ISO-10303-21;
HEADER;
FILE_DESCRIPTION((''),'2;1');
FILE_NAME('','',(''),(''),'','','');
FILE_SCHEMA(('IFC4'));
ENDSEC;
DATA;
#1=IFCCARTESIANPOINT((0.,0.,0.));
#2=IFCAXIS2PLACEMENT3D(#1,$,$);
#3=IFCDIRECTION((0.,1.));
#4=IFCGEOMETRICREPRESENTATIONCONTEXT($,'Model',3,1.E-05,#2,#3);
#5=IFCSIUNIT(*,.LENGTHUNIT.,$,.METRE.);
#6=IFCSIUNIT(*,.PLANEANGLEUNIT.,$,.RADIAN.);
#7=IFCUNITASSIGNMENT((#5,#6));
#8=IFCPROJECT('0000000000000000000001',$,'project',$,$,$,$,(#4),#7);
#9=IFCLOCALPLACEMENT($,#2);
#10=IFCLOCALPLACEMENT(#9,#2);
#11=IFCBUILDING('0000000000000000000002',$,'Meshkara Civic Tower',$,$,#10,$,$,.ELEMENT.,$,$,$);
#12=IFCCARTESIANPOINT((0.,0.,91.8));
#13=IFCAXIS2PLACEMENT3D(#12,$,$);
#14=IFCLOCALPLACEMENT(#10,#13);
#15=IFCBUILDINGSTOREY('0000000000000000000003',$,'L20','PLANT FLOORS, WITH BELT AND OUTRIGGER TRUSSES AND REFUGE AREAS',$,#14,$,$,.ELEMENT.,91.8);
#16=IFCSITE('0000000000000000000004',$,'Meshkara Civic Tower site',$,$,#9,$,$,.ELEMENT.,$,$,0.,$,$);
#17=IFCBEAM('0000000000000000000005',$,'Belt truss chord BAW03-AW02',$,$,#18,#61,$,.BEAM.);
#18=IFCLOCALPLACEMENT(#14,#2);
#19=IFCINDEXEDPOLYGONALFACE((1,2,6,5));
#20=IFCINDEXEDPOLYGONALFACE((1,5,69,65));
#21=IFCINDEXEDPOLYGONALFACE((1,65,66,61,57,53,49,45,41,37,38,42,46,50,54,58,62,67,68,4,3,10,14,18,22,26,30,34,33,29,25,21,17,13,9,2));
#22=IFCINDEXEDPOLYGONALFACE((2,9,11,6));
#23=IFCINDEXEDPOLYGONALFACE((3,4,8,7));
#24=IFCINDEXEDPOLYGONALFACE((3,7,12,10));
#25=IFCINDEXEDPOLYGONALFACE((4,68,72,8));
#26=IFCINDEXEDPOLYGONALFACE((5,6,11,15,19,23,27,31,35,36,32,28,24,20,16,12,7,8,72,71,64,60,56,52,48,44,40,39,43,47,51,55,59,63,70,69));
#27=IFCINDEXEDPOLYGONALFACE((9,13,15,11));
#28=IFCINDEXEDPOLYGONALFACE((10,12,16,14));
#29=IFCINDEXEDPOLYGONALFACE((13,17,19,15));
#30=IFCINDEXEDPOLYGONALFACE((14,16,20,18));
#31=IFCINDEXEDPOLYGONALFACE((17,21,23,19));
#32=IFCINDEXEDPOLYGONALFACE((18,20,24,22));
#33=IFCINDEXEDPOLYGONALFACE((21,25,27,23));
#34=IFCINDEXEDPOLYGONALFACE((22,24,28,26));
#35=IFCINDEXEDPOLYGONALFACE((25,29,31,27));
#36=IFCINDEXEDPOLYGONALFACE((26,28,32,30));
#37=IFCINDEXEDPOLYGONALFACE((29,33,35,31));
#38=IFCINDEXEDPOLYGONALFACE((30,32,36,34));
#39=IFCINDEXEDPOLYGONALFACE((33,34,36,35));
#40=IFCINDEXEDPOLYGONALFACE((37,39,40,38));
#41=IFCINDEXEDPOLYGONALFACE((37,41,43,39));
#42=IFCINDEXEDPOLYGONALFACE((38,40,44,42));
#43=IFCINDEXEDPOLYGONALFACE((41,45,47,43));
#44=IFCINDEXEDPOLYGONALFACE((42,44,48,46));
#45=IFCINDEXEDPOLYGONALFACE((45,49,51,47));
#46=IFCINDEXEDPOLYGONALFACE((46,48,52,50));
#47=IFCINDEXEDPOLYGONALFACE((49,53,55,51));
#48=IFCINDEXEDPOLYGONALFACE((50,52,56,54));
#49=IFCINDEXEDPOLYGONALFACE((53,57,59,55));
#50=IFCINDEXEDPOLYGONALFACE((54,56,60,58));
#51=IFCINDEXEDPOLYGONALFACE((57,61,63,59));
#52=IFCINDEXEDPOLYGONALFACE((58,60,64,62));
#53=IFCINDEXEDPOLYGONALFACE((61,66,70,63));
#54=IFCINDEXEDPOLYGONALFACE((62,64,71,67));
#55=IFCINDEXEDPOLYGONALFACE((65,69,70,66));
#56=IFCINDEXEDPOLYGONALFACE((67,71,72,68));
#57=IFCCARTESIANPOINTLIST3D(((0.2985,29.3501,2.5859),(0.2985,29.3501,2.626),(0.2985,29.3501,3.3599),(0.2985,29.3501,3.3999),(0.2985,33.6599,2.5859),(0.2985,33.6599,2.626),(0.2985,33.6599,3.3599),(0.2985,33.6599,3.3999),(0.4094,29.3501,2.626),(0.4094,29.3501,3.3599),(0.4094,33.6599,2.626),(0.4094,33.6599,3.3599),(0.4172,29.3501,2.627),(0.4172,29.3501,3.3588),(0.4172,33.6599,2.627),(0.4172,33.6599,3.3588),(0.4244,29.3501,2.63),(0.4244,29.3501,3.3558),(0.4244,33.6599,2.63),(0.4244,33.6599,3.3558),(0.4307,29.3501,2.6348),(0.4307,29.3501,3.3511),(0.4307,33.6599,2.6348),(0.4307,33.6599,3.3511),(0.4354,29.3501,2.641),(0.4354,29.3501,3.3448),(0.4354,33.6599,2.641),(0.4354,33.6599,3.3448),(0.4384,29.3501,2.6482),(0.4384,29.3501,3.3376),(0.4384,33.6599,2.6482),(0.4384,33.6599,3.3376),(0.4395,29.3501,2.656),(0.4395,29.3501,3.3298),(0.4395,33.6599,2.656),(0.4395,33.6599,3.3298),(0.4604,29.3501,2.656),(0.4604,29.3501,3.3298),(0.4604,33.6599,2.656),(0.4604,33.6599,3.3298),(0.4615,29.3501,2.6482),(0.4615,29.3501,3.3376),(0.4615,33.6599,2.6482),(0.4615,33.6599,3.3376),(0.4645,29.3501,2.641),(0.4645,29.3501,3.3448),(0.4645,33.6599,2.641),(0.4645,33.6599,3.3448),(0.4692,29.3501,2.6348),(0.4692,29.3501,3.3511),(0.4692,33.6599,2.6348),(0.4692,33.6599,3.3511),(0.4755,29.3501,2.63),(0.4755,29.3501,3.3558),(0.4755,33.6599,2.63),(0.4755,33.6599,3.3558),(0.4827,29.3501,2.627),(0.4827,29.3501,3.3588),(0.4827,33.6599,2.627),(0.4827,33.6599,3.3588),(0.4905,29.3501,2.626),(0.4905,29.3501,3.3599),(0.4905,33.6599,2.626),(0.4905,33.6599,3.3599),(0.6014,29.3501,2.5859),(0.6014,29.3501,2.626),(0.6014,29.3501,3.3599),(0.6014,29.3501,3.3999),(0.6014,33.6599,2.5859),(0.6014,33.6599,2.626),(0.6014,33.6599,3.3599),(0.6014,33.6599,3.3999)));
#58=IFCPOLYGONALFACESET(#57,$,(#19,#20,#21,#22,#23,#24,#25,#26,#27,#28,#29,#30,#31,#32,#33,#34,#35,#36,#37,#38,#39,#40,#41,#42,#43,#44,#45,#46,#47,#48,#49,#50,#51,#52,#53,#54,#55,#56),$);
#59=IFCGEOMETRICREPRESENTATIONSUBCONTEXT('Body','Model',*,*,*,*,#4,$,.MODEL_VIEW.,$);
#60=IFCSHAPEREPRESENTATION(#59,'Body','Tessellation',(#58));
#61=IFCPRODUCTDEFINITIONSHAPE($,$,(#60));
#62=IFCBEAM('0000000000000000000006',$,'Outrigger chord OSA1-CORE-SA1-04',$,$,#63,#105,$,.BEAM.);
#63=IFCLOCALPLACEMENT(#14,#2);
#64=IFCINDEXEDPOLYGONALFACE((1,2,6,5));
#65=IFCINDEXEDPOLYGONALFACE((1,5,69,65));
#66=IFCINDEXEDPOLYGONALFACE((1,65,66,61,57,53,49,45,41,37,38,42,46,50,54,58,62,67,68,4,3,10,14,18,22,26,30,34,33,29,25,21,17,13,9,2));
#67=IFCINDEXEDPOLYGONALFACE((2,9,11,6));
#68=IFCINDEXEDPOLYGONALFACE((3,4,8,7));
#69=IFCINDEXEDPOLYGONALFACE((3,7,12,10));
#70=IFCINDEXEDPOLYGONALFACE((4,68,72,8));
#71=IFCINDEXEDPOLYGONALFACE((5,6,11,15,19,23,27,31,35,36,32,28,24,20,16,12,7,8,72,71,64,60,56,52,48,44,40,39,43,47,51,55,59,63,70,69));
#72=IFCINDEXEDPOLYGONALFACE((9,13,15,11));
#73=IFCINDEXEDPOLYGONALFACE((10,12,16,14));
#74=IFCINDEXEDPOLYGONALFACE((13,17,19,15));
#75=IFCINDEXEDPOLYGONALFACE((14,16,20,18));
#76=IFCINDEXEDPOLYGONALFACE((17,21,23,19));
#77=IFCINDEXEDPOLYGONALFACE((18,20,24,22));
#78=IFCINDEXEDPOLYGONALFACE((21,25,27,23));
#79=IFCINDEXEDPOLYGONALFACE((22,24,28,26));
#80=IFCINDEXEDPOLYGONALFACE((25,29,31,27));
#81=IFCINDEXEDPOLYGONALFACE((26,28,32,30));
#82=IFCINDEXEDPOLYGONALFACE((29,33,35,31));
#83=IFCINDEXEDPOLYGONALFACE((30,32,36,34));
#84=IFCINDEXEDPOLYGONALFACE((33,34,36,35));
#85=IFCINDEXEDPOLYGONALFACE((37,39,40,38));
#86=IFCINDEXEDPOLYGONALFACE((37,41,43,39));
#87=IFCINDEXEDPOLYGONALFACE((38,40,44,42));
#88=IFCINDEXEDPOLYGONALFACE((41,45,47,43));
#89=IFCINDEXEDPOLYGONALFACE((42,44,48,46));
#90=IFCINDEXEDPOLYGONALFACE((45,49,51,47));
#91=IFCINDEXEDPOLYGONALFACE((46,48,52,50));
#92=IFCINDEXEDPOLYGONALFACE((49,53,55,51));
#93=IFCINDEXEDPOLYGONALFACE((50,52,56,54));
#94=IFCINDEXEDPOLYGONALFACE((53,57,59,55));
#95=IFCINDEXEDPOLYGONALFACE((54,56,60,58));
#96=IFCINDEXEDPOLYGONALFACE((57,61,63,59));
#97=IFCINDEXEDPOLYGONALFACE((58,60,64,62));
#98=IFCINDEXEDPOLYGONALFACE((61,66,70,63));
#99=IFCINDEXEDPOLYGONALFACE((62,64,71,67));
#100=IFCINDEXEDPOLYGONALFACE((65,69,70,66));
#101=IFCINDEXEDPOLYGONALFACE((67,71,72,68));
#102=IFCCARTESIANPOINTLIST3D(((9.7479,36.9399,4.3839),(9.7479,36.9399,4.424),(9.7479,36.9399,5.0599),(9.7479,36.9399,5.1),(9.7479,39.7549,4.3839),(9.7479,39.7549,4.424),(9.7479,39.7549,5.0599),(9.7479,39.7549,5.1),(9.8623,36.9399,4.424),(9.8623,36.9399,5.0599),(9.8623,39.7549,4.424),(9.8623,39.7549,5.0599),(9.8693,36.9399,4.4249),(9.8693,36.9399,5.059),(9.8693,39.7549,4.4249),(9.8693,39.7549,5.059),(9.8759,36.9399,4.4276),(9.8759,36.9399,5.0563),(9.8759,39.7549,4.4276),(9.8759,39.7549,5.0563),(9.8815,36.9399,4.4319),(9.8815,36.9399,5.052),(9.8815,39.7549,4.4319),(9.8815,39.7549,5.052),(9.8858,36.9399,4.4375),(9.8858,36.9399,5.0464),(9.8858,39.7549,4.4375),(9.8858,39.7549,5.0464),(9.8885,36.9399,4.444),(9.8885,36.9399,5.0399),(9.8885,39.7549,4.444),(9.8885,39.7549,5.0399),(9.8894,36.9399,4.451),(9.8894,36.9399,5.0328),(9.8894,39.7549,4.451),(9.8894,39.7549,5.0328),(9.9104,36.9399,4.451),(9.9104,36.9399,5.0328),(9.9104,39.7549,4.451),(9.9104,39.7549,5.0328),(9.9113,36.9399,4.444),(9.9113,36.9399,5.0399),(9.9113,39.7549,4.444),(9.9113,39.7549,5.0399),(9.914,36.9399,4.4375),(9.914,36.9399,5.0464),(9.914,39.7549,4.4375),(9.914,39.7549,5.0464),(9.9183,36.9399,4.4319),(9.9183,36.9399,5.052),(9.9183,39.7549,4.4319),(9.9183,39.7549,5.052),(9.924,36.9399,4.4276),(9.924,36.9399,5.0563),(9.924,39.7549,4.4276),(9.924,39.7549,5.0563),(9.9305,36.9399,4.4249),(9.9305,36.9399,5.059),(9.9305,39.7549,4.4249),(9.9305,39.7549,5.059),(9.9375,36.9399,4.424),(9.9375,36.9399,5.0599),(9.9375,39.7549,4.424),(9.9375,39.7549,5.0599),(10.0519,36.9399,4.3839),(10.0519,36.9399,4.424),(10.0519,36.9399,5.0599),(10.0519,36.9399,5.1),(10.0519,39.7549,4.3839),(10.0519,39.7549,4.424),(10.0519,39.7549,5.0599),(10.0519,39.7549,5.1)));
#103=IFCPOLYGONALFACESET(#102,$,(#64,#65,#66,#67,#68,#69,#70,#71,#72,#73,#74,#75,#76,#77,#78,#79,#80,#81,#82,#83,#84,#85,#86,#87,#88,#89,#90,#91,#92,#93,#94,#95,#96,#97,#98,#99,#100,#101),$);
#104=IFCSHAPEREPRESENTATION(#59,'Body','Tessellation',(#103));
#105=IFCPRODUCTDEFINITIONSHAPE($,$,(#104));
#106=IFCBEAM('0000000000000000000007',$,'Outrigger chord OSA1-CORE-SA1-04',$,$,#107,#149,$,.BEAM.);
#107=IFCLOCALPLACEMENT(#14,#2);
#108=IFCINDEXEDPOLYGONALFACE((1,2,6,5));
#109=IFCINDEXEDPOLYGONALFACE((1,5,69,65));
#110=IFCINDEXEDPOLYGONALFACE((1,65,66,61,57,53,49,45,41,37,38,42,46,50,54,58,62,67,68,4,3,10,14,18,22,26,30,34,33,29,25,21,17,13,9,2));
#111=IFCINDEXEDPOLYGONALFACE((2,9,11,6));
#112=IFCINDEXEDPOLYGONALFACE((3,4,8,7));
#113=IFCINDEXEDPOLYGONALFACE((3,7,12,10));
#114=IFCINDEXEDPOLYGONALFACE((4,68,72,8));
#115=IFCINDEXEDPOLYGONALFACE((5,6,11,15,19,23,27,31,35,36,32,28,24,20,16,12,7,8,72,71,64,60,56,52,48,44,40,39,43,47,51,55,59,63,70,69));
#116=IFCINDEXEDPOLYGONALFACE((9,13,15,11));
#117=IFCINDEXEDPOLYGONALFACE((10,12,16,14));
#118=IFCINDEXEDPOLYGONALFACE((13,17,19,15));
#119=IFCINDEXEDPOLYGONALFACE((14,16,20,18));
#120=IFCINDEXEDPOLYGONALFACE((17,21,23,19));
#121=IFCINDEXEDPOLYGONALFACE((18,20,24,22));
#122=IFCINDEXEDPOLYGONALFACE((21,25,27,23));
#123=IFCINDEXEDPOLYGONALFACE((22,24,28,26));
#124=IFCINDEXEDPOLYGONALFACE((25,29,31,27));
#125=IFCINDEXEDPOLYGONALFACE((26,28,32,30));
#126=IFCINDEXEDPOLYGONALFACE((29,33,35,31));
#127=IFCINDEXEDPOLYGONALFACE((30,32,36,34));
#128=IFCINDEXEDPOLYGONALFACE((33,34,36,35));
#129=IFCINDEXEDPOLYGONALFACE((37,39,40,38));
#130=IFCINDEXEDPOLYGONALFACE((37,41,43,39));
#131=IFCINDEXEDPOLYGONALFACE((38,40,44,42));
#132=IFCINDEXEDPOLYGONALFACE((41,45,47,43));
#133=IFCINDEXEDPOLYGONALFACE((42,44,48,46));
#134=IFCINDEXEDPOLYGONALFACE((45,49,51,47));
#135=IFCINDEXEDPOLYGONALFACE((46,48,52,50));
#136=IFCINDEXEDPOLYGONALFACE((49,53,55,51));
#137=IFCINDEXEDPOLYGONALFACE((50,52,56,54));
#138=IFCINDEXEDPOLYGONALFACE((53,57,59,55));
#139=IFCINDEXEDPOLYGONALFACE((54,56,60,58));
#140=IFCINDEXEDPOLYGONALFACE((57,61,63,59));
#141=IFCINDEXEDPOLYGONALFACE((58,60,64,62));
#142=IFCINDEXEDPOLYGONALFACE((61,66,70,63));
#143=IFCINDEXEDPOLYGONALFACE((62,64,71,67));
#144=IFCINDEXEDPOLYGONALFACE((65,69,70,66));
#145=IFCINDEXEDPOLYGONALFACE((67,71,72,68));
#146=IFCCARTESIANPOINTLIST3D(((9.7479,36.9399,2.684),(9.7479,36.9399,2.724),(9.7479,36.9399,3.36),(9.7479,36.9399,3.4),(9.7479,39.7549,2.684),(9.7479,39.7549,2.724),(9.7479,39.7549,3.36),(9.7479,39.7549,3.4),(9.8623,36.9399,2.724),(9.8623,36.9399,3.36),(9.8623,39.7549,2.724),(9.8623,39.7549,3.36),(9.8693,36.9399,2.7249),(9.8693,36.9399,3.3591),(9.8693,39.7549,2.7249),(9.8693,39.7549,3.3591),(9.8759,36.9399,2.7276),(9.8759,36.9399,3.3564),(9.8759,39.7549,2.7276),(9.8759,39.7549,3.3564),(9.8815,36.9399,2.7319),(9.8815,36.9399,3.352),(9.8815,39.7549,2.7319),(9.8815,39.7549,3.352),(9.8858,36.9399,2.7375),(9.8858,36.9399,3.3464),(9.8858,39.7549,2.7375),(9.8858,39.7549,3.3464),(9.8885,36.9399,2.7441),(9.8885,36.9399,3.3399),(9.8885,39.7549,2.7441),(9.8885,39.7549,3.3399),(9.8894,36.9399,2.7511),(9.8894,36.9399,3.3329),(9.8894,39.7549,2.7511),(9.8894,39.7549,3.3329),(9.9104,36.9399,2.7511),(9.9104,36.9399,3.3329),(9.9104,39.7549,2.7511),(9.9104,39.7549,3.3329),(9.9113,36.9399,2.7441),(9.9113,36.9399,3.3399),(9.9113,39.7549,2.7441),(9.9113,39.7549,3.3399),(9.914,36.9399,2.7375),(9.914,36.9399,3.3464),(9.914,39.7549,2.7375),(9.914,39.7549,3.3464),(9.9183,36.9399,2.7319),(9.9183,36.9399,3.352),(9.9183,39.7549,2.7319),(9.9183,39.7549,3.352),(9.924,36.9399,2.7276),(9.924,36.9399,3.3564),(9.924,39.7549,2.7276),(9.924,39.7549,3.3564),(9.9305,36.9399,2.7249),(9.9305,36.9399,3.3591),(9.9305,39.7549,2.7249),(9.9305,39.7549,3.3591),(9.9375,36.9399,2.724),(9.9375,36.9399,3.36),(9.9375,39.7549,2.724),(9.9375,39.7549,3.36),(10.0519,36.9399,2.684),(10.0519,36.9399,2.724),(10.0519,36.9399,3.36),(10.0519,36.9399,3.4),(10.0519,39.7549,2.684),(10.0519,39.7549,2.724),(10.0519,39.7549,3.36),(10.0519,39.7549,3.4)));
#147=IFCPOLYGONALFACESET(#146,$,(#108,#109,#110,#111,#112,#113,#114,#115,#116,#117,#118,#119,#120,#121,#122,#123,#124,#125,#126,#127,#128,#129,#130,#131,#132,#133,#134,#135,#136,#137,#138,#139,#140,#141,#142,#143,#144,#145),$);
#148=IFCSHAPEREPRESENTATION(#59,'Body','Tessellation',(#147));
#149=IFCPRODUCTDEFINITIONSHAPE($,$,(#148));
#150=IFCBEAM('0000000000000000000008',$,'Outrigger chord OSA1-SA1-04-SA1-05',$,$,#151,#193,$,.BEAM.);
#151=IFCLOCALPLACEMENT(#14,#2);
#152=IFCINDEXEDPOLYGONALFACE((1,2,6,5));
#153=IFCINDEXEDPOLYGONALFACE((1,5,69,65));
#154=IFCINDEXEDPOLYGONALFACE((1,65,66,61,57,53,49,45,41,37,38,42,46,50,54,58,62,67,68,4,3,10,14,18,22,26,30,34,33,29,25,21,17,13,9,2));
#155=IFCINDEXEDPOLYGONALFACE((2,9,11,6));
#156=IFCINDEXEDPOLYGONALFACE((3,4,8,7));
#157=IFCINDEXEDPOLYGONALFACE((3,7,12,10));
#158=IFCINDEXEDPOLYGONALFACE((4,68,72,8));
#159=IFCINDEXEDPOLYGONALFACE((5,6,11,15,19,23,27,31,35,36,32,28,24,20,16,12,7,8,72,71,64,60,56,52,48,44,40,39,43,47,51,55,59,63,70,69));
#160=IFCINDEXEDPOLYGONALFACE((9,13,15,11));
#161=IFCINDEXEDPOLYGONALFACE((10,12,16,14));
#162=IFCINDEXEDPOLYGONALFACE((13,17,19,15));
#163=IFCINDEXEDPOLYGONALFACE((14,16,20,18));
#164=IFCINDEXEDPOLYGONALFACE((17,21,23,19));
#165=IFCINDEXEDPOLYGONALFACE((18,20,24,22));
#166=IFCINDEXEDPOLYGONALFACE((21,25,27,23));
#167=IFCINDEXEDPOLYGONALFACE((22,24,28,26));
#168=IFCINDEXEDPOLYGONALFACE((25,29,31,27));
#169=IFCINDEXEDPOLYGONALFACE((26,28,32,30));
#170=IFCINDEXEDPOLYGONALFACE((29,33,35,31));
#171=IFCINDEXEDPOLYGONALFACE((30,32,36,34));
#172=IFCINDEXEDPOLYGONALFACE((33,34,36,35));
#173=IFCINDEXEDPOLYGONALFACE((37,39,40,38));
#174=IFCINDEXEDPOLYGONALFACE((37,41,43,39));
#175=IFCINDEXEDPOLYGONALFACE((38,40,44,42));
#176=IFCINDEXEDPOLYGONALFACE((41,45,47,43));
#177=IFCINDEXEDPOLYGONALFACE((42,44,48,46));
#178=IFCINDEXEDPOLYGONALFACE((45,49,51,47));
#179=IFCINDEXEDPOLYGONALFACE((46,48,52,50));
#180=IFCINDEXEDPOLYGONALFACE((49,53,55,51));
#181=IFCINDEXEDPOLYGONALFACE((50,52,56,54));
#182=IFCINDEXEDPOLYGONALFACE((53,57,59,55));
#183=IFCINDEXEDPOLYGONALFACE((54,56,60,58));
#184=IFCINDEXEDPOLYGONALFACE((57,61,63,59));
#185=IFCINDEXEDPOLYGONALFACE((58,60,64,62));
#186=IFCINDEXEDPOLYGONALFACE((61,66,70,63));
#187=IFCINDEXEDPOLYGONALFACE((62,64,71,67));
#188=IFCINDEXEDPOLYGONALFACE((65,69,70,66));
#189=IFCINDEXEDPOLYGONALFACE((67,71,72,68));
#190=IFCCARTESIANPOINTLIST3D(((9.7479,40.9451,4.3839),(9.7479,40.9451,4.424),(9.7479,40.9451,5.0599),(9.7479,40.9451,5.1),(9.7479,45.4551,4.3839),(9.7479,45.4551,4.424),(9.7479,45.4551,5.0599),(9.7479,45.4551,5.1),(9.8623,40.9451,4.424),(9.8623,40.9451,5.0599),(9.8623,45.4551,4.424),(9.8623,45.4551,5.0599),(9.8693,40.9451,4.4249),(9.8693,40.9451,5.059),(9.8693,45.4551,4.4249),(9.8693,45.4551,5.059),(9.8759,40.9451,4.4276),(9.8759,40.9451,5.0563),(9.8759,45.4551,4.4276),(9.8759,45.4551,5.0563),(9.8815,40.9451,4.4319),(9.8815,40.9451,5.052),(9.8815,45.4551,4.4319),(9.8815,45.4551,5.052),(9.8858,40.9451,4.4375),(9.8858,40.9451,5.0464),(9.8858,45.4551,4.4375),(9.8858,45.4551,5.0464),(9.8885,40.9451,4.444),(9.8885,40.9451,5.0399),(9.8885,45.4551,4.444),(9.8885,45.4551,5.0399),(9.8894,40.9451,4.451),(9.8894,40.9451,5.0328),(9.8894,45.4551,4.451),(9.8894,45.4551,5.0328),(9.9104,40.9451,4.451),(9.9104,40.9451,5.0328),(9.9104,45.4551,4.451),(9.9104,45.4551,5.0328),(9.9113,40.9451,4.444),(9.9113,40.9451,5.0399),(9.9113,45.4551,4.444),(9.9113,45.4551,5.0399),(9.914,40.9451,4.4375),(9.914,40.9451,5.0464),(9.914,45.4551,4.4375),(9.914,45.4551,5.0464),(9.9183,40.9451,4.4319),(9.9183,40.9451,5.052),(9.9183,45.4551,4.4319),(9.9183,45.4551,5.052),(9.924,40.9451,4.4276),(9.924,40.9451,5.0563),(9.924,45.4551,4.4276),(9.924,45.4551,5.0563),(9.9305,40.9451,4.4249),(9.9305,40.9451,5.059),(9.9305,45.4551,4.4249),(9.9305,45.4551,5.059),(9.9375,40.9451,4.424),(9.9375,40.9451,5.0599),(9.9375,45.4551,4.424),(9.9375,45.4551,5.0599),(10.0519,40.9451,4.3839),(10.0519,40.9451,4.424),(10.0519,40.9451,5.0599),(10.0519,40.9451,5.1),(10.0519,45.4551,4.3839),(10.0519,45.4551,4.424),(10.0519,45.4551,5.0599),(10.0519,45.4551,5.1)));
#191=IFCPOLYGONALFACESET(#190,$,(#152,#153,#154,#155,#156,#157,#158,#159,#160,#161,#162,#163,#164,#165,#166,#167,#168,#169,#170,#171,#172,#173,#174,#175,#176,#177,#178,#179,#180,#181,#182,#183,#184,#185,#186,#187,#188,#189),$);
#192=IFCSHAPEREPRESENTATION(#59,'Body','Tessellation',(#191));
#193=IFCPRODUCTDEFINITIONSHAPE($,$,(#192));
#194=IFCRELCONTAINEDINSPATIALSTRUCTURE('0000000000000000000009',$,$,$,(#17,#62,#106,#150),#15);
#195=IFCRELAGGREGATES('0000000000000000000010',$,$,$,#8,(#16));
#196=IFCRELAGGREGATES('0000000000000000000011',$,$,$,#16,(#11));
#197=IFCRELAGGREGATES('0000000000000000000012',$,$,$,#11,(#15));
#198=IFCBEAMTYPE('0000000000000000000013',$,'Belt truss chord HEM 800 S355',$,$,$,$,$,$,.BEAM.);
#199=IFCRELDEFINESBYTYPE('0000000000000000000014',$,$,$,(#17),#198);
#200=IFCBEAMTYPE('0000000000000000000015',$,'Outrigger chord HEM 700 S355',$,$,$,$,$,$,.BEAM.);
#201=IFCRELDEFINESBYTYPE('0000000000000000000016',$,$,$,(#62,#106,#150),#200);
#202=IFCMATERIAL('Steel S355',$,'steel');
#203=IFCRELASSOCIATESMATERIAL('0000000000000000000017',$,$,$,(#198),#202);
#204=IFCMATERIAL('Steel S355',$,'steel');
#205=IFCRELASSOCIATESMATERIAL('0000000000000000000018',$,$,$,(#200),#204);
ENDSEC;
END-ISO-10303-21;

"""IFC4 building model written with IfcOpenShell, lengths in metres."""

from ifc_helpers import new_model, si_unit, direction, frame, origin, origin_2d, place, context, subcontext, project, spatial, i_section, extrude, material, material_profile, profile_set, type_object, element, save


model = new_model("IFC4")

# Units and contexts
model_context = context("Model", 3, precision=1e-05, world=origin(), true_north=direction((0.0, 1.0)))
body_context = subcontext(model_context, "Body", "Model", "MODEL_VIEW")
ifc_project = project(units=[si_unit("LENGTHUNIT", "METRE"), si_unit("PLANEANGLEUNIT", "RADIAN")], contexts=[model_context])

# Site, building, storey
site_placement = place(None, origin())
site = spatial("IfcSite", under=ifc_project, at=site_placement, Name="Meshkara Civic Tower site", CompositionType="ELEMENT", RefElevation=0.0)
building_placement = place(site_placement, origin())
building = spatial("IfcBuilding", under=site, at=building_placement, Name="Meshkara Civic Tower", CompositionType="ELEMENT")
storey_placement = place(building_placement, frame((0.0, 0.0, 91.8)))
storey = spatial("IfcBuildingStorey", under=building, at=storey_placement, Name="L20", Description="PLANT FLOORS, WITH BELT AND OUTRIGGER TRUSSES AND REFUGE AREAS", CompositionType="ELEMENT", Elevation=91.8)

# Beams
ifc_material_1 = material(Name="Steel S355", Category="steel")
ifc_material_profile_1 = material_profile(ifc_material_1, i_section(OverallWidth=0.303, OverallDepth=0.814, WebThickness=0.021, FlangeThickness=0.04, FilletRadius=0.03, at=origin_2d()))
ifc_profile_set_1 = profile_set([ifc_material_profile_1], Name="Steel S355")
beam_type_1 = type_object("IfcBeamType", Name="Belt truss chord HEM 800 S355", PredefinedType="BEAM", material=ifc_profile_set_1)
for number, where, z_axis, x_axis, name in (
    (1, (0.45, 33.6599, 2.9929), (0.0, -1.0, 0.0), (1.0, 0.0, 0.0), "Belt truss chord BAW03-AW02"),
):
    element("IfcBeam", number, at=place(storey_placement, frame(where, z_axis=z_axis, x_axis=x_axis)), inside=storey, type_object=beam_type_1, Name=name, PredefinedType="BEAM", context=body_context, shape_type="SweptSolid", body=[
        extrude(i_section(OverallWidth=0.303, OverallDepth=0.814, WebThickness=0.021, FlangeThickness=0.04, FilletRadius=0.03, at=origin_2d()), origin(), (0.0, 0.0, 1.0), 4.3098),
    ])
ifc_material_2 = material(Name="Steel S355", Category="steel")
ifc_material_profile_2 = material_profile(ifc_material_2, i_section(OverallWidth=0.304, OverallDepth=0.7161, WebThickness=0.021, FlangeThickness=0.04, FilletRadius=0.0271, at=origin_2d()))
ifc_profile_set_2 = profile_set([ifc_material_profile_2], Name="Steel S355")
beam_type_2 = type_object("IfcBeamType", Name="Outrigger chord HEM 700 S355", PredefinedType="BEAM", material=ifc_profile_set_2)
for number, where, z_axis, x_axis, name in (
    (2, (9.8999, 36.9399, 4.7419), (0.0, 1.0, 0.0), (-1.0, 0.0, 0.0), "Outrigger chord OSA1-CORE-SA1-04"),
    (3, (9.8999, 36.9399, 3.042), (0.0, 1.0, 0.0), (-1.0, 0.0, 0.0), "Outrigger chord OSA1-CORE-SA1-04"),
):
    element("IfcBeam", number, at=place(storey_placement, frame(where, z_axis=z_axis, x_axis=x_axis)), inside=storey, type_object=beam_type_2, Name=name, PredefinedType="BEAM", context=body_context, shape_type="SweptSolid", body=[
        extrude(i_section(OverallWidth=0.304, OverallDepth=0.7161, WebThickness=0.021, FlangeThickness=0.04, FilletRadius=0.0271, at=origin_2d()), origin(), (0.0, 0.0, 1.0), 2.8149),
    ])
for number, where, z_axis, x_axis, name in (
    (4, (9.8999, 40.9451, 4.7419), (0.0, 1.0, 0.0), (-1.0, 0.0, 0.0), "Outrigger chord OSA1-SA1-04-SA1-05"),
):
    element("IfcBeam", number, at=place(storey_placement, frame(where, z_axis=z_axis, x_axis=x_axis)), inside=storey, type_object=beam_type_2, Name=name, PredefinedType="BEAM", context=body_context, shape_type="SweptSolid", body=[
        extrude(i_section(OverallWidth=0.304, OverallDepth=0.7161, WebThickness=0.021, FlangeThickness=0.04, FilletRadius=0.0271, at=origin_2d()), origin(), (0.0, 0.0, 1.0), 4.51),
    ])

save(model, "model.ifc")
